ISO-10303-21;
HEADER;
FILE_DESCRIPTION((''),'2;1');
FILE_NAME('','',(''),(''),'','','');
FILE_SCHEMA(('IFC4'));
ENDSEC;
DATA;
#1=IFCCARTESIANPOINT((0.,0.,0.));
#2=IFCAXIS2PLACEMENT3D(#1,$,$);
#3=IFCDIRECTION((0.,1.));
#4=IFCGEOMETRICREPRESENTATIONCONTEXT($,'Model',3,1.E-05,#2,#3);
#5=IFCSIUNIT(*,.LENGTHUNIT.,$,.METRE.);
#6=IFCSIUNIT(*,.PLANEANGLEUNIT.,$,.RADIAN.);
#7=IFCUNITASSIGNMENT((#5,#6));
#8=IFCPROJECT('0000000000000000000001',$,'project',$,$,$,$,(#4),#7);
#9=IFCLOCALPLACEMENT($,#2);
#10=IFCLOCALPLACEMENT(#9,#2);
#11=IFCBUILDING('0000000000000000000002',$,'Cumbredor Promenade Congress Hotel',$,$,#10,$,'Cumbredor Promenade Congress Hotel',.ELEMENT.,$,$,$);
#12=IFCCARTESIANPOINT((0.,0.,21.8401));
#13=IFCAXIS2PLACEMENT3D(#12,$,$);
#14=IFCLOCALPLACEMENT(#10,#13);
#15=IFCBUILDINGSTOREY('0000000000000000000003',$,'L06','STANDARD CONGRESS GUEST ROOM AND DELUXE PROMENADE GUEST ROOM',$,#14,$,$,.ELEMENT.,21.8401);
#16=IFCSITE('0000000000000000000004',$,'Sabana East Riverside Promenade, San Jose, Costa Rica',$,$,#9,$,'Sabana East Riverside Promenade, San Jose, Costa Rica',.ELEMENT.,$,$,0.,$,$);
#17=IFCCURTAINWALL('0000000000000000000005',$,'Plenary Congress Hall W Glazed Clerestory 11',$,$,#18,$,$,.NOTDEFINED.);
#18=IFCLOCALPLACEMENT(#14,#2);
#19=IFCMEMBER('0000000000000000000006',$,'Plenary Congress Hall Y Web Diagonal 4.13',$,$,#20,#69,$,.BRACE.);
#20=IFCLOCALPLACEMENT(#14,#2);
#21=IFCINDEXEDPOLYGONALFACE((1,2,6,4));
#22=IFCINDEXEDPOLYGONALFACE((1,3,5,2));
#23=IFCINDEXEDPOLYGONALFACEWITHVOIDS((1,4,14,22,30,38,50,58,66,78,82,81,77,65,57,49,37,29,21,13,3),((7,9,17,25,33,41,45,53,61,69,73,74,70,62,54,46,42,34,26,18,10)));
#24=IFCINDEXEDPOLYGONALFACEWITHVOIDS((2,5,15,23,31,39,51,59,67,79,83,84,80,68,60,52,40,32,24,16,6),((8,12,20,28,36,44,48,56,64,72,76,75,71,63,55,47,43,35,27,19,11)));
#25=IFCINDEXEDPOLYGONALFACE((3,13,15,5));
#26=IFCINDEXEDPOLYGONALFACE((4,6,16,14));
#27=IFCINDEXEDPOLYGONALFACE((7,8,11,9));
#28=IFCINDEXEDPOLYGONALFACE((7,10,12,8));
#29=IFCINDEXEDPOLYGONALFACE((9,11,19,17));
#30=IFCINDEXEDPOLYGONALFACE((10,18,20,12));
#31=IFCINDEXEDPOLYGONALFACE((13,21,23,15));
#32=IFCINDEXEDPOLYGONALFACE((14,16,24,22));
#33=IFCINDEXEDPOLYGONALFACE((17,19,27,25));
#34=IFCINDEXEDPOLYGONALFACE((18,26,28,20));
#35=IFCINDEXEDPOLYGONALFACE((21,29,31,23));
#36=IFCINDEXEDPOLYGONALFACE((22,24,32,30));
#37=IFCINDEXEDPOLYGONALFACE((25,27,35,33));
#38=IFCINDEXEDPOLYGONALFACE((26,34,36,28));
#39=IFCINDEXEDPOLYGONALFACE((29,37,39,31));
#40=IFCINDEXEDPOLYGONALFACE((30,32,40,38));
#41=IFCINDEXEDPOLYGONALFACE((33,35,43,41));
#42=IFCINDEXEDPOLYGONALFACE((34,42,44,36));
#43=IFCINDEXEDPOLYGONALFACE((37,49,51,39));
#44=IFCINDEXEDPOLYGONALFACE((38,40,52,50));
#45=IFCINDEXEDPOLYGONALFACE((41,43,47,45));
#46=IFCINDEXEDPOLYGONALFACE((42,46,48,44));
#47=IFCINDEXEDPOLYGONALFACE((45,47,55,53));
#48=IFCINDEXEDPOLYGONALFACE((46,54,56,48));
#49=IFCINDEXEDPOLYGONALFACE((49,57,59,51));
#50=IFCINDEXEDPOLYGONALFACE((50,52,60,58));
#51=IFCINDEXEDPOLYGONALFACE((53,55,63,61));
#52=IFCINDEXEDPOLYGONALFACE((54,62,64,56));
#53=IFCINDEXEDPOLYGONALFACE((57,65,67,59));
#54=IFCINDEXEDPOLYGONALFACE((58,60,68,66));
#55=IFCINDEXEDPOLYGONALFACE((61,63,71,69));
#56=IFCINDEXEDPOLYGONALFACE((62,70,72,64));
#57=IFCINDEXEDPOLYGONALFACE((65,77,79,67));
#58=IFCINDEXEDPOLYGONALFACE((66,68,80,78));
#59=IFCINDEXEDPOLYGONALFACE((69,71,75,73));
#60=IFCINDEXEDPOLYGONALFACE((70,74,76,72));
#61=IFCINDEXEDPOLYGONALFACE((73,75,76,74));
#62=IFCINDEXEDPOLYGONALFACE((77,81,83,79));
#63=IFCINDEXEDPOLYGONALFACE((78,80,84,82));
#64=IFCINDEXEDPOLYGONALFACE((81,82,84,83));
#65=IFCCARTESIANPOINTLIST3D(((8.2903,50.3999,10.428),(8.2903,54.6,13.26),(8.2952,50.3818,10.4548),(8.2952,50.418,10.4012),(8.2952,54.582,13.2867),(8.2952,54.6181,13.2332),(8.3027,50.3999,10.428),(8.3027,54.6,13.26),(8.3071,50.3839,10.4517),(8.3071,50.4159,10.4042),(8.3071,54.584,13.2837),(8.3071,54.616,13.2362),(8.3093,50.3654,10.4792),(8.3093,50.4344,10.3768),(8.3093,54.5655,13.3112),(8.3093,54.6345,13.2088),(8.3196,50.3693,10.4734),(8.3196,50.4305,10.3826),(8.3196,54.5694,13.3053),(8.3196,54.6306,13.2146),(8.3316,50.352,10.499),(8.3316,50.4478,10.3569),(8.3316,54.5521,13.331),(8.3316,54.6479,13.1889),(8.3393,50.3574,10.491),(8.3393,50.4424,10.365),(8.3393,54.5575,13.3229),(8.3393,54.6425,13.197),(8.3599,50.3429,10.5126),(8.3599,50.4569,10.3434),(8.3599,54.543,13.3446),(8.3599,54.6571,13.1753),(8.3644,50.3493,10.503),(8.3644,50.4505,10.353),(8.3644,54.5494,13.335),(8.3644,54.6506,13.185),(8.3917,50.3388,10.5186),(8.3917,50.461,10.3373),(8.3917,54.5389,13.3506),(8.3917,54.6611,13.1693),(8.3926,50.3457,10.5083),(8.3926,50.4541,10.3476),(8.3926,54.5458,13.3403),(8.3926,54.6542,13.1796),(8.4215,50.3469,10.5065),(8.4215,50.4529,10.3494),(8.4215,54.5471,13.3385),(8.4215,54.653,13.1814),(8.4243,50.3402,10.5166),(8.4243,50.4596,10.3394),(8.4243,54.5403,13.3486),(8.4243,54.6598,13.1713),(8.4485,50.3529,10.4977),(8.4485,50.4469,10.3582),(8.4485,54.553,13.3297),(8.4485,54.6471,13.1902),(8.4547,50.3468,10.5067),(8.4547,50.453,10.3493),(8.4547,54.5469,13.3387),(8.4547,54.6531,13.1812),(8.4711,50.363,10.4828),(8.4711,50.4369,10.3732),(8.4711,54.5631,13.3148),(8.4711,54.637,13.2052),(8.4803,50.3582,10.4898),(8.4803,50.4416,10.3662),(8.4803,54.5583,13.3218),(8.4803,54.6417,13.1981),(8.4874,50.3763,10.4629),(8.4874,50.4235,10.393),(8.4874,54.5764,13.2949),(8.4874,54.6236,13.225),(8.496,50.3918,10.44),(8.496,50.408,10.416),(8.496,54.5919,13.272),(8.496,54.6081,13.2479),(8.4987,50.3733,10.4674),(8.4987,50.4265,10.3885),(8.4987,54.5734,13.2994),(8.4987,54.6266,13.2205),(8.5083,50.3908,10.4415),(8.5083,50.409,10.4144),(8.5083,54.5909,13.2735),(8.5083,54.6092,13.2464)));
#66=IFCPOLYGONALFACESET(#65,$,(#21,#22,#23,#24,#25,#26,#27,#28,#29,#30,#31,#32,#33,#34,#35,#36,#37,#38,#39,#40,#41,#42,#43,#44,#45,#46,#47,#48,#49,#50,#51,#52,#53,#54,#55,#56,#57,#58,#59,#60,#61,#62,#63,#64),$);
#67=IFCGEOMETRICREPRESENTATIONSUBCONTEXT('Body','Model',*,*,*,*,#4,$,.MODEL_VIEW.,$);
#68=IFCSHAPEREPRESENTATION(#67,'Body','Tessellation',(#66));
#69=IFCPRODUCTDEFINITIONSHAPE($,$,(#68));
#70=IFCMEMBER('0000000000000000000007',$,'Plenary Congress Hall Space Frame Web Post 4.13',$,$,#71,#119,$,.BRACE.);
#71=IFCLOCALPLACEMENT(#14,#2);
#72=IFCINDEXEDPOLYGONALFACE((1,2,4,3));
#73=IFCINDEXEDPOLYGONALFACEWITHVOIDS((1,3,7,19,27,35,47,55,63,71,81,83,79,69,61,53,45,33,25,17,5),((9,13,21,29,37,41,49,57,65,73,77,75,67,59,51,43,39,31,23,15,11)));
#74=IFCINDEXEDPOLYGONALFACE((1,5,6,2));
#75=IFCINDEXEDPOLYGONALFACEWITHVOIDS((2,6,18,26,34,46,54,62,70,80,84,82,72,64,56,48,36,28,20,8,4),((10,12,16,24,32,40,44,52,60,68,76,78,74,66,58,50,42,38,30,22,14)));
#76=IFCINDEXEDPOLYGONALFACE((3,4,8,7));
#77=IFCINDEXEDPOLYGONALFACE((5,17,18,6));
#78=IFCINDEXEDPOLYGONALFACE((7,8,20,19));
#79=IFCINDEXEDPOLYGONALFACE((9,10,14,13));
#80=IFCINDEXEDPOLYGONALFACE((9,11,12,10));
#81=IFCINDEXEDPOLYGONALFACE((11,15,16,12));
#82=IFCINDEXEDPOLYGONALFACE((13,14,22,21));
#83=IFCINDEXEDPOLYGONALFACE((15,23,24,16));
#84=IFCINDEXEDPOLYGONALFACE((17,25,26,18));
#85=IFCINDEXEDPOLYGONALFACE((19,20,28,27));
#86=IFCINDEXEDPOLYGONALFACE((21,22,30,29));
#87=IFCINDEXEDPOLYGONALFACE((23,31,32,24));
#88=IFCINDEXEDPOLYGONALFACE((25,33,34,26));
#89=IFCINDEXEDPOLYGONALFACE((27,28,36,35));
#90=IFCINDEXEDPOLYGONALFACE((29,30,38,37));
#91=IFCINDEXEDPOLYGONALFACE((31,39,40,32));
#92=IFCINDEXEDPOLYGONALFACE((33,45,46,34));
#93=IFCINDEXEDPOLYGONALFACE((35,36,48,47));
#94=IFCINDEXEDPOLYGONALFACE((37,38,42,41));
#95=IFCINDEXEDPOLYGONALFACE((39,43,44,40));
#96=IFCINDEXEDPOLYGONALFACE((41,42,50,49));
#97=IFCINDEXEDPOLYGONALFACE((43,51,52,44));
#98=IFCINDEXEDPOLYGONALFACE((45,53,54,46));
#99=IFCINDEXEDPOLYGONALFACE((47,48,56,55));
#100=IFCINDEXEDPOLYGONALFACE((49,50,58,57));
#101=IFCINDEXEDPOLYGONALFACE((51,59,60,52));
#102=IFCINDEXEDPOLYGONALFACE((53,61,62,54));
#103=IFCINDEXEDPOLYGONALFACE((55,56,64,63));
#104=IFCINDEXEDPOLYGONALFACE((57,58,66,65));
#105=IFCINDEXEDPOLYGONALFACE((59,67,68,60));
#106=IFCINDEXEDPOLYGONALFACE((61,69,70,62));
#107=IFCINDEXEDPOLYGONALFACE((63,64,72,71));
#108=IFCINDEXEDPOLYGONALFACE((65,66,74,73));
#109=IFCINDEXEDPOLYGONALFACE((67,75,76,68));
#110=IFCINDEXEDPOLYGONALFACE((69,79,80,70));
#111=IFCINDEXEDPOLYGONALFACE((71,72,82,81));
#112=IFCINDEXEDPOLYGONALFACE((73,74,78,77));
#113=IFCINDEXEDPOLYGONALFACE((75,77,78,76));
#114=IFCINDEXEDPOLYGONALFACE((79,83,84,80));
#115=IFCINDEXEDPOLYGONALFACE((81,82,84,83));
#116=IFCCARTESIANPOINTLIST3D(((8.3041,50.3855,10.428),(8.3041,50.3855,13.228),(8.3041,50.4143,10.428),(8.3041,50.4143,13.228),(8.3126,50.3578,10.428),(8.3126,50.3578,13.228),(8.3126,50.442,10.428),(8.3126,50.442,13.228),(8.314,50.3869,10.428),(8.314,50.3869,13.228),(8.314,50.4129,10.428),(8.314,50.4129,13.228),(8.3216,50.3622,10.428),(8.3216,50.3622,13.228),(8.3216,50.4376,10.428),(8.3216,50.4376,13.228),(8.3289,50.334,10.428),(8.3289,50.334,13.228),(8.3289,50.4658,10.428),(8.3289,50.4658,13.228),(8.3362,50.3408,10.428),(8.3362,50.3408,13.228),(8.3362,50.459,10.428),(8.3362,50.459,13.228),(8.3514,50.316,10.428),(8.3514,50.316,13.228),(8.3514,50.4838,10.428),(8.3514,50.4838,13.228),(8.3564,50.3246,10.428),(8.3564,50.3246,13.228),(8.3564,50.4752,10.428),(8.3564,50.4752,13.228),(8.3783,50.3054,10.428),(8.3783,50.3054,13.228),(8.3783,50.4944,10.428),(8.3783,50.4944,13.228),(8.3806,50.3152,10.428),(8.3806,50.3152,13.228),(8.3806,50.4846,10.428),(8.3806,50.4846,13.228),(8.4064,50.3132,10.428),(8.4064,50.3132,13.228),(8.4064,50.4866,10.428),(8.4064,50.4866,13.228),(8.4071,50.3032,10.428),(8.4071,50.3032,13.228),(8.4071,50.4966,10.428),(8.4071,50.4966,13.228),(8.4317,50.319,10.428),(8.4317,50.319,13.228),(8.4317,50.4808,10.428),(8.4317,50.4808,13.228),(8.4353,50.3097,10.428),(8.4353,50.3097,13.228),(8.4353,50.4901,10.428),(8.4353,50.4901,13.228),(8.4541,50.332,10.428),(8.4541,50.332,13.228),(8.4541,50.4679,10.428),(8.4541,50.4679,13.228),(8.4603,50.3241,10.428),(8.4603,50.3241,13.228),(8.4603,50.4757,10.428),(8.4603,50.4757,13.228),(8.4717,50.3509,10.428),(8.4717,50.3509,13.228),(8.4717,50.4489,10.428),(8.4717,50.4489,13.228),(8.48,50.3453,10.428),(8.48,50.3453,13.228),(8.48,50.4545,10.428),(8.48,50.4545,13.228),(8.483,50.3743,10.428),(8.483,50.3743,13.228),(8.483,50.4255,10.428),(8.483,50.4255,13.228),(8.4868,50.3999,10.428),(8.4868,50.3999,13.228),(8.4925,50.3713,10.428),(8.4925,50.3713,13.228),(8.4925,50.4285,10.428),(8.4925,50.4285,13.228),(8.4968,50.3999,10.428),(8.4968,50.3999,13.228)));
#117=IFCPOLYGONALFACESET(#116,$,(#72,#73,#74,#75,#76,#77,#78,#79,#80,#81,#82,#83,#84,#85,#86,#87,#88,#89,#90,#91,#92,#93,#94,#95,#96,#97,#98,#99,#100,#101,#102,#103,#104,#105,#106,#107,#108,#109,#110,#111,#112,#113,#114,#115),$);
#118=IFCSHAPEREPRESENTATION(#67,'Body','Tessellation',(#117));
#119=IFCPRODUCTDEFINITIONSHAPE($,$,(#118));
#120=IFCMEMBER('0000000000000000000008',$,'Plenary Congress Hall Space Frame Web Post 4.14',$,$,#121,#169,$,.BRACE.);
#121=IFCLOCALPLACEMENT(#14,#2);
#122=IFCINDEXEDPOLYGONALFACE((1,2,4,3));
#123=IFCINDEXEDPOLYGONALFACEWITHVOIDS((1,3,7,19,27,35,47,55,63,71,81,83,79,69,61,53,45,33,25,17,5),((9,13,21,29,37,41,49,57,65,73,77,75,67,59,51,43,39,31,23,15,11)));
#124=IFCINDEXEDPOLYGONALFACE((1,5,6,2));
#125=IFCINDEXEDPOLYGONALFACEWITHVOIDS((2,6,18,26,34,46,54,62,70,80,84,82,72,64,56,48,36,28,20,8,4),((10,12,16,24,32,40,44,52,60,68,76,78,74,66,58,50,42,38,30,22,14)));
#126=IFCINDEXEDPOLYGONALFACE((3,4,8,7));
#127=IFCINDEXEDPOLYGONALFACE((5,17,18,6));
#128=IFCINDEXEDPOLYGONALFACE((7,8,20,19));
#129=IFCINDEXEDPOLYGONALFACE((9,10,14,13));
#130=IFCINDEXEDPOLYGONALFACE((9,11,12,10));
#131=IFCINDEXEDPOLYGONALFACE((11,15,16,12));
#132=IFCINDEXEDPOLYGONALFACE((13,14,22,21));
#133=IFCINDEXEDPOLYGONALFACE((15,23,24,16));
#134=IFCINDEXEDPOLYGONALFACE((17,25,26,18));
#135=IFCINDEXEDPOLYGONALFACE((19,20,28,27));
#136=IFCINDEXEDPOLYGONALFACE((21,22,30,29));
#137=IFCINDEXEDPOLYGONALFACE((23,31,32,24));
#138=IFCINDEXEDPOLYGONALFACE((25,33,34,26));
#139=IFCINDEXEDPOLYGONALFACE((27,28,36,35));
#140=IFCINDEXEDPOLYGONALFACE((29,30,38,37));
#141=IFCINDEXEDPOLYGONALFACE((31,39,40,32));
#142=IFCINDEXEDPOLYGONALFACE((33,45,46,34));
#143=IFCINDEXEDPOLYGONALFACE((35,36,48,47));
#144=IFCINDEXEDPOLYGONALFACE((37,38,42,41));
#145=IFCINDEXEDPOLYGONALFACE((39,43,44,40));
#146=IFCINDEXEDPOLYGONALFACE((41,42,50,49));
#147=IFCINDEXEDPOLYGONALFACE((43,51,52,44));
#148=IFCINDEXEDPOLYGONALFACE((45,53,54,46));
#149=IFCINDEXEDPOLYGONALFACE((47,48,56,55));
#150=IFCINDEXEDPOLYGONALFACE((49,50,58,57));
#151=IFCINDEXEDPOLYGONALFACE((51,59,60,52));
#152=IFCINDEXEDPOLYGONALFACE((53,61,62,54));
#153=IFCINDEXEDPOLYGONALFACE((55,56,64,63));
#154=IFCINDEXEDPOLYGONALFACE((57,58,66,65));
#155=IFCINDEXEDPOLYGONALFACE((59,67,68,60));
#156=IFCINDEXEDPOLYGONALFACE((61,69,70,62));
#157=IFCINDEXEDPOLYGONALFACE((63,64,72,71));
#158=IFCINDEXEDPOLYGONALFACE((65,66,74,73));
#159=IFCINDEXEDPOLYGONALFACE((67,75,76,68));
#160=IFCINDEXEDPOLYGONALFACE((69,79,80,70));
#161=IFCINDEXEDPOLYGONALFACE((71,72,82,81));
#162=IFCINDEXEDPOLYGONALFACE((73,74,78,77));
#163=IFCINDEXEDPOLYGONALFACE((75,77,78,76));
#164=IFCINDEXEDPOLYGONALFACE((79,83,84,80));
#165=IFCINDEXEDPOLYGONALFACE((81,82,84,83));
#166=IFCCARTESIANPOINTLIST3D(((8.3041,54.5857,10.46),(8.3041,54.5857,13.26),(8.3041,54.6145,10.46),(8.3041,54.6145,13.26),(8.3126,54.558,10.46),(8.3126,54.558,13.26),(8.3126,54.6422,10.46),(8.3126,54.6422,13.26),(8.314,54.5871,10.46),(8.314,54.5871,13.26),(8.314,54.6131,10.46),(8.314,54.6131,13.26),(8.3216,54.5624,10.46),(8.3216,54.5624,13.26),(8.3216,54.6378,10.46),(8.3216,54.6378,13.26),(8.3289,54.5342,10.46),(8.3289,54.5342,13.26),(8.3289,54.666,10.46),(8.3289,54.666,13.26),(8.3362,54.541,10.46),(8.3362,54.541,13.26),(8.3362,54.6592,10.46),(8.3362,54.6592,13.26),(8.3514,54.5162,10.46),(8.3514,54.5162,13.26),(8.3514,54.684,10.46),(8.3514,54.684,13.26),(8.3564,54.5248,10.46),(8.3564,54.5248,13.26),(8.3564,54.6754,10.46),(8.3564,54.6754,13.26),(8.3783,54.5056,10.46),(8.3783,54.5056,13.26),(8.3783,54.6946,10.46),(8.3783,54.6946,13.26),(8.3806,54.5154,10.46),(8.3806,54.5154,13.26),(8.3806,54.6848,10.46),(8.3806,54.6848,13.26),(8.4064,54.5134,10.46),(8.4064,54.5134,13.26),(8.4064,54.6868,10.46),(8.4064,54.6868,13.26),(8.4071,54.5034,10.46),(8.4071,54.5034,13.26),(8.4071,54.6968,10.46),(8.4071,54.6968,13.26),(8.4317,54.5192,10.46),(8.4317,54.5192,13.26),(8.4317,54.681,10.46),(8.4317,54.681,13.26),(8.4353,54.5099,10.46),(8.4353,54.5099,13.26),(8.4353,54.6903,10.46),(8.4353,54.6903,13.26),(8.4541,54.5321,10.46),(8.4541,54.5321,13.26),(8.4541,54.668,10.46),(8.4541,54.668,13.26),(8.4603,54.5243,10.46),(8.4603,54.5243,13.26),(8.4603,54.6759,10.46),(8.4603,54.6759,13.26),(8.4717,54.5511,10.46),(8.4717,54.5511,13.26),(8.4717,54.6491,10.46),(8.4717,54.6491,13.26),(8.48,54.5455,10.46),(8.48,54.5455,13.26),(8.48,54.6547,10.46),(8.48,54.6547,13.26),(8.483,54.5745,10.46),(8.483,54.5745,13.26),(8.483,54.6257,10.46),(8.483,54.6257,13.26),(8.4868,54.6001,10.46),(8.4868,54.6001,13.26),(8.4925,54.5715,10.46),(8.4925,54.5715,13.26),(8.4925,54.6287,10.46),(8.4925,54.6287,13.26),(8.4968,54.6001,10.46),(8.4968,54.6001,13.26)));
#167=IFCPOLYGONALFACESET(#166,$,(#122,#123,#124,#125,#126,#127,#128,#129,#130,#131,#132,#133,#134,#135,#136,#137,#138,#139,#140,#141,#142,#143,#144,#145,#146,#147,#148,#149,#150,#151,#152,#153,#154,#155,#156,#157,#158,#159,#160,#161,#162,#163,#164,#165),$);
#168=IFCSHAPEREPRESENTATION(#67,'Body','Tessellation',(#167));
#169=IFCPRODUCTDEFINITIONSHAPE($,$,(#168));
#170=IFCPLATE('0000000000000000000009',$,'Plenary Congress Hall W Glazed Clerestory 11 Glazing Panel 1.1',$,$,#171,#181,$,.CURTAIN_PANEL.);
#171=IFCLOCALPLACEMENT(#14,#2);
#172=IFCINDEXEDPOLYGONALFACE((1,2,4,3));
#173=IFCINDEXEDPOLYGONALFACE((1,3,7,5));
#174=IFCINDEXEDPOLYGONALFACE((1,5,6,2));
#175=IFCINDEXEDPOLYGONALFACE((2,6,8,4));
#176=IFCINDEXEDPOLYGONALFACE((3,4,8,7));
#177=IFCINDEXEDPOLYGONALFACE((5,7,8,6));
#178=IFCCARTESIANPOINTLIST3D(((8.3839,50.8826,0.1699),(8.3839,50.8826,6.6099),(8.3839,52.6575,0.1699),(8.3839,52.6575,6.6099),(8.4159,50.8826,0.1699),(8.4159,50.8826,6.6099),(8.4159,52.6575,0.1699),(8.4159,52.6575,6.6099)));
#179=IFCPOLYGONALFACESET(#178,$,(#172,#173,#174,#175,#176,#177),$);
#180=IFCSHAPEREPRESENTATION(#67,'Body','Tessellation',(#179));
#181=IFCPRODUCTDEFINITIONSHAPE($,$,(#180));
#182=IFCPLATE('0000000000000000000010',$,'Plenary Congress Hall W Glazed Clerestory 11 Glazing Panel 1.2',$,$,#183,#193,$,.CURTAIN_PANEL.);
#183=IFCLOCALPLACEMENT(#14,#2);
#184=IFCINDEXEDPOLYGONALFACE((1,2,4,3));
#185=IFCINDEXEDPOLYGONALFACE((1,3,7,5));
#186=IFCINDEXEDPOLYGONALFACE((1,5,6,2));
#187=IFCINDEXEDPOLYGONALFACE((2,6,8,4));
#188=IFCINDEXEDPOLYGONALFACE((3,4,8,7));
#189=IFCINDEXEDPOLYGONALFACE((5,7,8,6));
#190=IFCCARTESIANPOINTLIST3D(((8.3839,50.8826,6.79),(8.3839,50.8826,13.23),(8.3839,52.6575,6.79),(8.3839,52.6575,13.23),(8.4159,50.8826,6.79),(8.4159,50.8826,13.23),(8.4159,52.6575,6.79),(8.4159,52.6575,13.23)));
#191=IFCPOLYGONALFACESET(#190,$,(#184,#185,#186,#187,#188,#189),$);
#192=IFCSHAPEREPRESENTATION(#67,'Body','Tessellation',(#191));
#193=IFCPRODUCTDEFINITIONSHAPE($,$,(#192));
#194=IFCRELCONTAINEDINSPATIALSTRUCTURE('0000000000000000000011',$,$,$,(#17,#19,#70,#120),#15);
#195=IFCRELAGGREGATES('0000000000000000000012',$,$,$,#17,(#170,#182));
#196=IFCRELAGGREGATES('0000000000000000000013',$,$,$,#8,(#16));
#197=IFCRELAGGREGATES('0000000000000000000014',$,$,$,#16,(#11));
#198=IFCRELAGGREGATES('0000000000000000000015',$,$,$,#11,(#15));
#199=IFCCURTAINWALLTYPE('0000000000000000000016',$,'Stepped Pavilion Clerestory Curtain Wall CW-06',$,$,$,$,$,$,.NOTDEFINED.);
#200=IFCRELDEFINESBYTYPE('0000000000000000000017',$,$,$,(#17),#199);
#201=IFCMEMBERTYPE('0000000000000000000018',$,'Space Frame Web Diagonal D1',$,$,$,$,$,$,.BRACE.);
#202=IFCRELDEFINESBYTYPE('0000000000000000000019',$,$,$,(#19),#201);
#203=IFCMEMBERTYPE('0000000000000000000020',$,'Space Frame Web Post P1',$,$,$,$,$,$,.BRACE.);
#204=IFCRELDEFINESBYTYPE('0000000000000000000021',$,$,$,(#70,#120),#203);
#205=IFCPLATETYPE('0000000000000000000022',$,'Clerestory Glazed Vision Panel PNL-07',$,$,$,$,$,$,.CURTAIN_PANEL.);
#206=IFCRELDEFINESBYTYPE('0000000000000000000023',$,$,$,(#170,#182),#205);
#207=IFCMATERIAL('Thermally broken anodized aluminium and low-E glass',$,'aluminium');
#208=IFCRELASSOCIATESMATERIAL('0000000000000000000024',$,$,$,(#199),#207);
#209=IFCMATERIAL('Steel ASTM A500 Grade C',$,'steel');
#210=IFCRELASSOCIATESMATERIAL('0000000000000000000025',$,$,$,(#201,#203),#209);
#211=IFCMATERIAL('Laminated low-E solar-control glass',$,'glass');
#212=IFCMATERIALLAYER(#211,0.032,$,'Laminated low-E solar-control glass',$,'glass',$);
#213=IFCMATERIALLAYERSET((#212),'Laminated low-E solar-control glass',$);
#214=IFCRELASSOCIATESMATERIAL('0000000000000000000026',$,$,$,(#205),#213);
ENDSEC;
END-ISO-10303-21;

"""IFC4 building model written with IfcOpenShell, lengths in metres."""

from ifc_helpers import new_model, si_unit, direction, frame, origin, origin_2d, place, context, subcontext, project, spatial, rectangle, hollow_circle, extrude, material, layer, layer_set, material_profile, profile_set, type_object, element, aggregate, save


model = new_model("IFC4")

# Units and contexts
model_context = context("Model", 3, precision=1e-05, world=origin(), true_north=direction((0.0, 1.0)))
body_context = subcontext(model_context, "Body", "Model", "MODEL_VIEW")
ifc_project = project(units=[si_unit("LENGTHUNIT", "METRE"), si_unit("PLANEANGLEUNIT", "RADIAN")], contexts=[model_context])

# Site, building, storey
site_placement = place(None, origin())
site = spatial("IfcSite", under=ifc_project, at=site_placement, Name="Sabana East Riverside Promenade, San Jose, Costa Rica", LongName="Sabana East Riverside Promenade, San Jose, Costa Rica", CompositionType="ELEMENT", RefElevation=0.0)
building_placement = place(site_placement, origin())
building = spatial("IfcBuilding", under=site, at=building_placement, Name="Cumbredor Promenade Congress Hotel", LongName="Cumbredor Promenade Congress Hotel", CompositionType="ELEMENT")
storey_placement = place(building_placement, frame((0.0, 0.0, 21.8401)))
storey = spatial("IfcBuildingStorey", under=building, at=storey_placement, Name="L06", Description="STANDARD CONGRESS GUEST ROOM AND DELUXE PROMENADE GUEST ROOM", CompositionType="ELEMENT", Elevation=21.8401)

# Curtain wall
ifc_material_1 = material(Name="Thermally broken anodized aluminium and low-E glass", Category="aluminium")
curtain_wall_type = type_object("IfcCurtainWallType", Name="Stepped Pavilion Clerestory Curtain Wall CW-06", PredefinedType="NOTDEFINED", material=ifc_material_1)
curtain_wall_1_placement = place(storey_placement, origin())
curtain_wall_1 = element("IfcCurtainWall", 1, at=curtain_wall_1_placement, inside=storey, type_object=curtain_wall_type, Name="Plenary Congress Hall W Glazed Clerestory 11", PredefinedType="NOTDEFINED")

# Members
ifc_material_2 = material(Name="Steel ASTM A500 Grade C", Category="steel")
ifc_material_profile_1 = material_profile(ifc_material_2, hollow_circle(Radius=0.1096, WallThickness=0.0125, at=origin_2d()), Name="CHS 219.1x12.5")
ifc_profile_set_1 = profile_set([ifc_material_profile_1], Name="Steel ASTM A500 Grade C")
member_type_1 = type_object("IfcMemberType", Name="Space Frame Web Diagonal D1", PredefinedType="BRACE", material=ifc_profile_set_1)
member_1_placement = place(storey_placement, frame((8.3999, 50.3999, 10.428), z_axis=(0.0, 0.829132, 0.559052), x_axis=(-1.0, 0.0, 0.0)))
element("IfcMember", 2, at=member_1_placement, inside=storey, type_object=member_type_1, Name="Plenary Congress Hall Y Web Diagonal 4.13", PredefinedType="BRACE", context=body_context, shape_type="SweptSolid", body=[
    extrude(hollow_circle(Radius=0.1096, WallThickness=0.0125, at=origin_2d()), origin(), (0.0, 0.0, 1.0), 5.0657),
])
ifc_material_profile_2 = material_profile(ifc_material_2, hollow_circle(Radius=0.0969, WallThickness=0.01, at=origin_2d()), Name="CHS 193.7x10")
ifc_profile_set_2 = profile_set([ifc_material_profile_2], Name="Steel ASTM A500 Grade C")
member_type_2 = type_object("IfcMemberType", Name="Space Frame Web Post P1", PredefinedType="BRACE", material=ifc_profile_set_2)
for number, where, z_axis, x_axis, name in (
    (3, (8.3999, 50.3999, 10.428), (0.0, 0.0, 1.0), (1.0, 0.0, 0.0), "Plenary Congress Hall Space Frame Web Post 4.13"),
    (4, (8.3999, 54.6001, 10.46), (0.0, 0.0, 1.0), (1.0, 0.0, 0.0), "Plenary Congress Hall Space Frame Web Post 4.14"),
):
    element("IfcMember", number, at=place(storey_placement, frame(where, z_axis=z_axis, x_axis=x_axis)), inside=storey, type_object=member_type_2, Name=name, PredefinedType="BRACE", context=body_context, shape_type="SweptSolid", body=[
        extrude(hollow_circle(Radius=0.0969, WallThickness=0.01, at=origin_2d()), origin(), (0.0, 0.0, 1.0), 2.8),
    ])

# Plates
ifc_material_3 = material(Name="Laminated low-E solar-control glass", Category="glass")
ifc_layer_1 = layer(ifc_material_3, 0.032, Name="Laminated low-E solar-control glass", Category="glass")
ifc_layer_set_1 = layer_set([ifc_layer_1], Name="Laminated low-E solar-control glass")
plate_type_1 = type_object("IfcPlateType", Name="Clerestory Glazed Vision Panel PNL-07", PredefinedType="CURTAIN_PANEL", material=ifc_layer_set_1)
plate_1_placement = place(storey_placement, frame((8.3999, 51.77, 0.1699), z_axis=(0.0, 0.0, 1.0), x_axis=(0.0, 1.0, 0.0)))
plate_1 = element("IfcPlate", 5, at=plate_1_placement, type_object=plate_type_1, Name="Plenary Congress Hall W Glazed Clerestory 11 Glazing Panel 1.1", PredefinedType="CURTAIN_PANEL", context=body_context, shape_type="SweptSolid", body=[
    extrude(rectangle(XDim=1.7749, YDim=0.032, at=origin_2d()), origin(), (0.0, 0.0, 1.0), 6.4399),
])
plate_2_placement = place(storey_placement, frame((8.3999, 51.77, 6.79), z_axis=(0.0, 0.0, 1.0), x_axis=(0.0, 1.0, 0.0)))
plate_2 = element("IfcPlate", 6, at=plate_2_placement, type_object=plate_type_1, Name="Plenary Congress Hall W Glazed Clerestory 11 Glazing Panel 1.2", PredefinedType="CURTAIN_PANEL", context=body_context, shape_type="SweptSolid", body=[
    extrude(rectangle(XDim=1.7749, YDim=0.032, at=origin_2d()), origin(), (0.0, 0.0, 1.0), 6.4399),
])
aggregate(curtain_wall_1, [plate_1, plate_2])

save(model, "model.ifc")
